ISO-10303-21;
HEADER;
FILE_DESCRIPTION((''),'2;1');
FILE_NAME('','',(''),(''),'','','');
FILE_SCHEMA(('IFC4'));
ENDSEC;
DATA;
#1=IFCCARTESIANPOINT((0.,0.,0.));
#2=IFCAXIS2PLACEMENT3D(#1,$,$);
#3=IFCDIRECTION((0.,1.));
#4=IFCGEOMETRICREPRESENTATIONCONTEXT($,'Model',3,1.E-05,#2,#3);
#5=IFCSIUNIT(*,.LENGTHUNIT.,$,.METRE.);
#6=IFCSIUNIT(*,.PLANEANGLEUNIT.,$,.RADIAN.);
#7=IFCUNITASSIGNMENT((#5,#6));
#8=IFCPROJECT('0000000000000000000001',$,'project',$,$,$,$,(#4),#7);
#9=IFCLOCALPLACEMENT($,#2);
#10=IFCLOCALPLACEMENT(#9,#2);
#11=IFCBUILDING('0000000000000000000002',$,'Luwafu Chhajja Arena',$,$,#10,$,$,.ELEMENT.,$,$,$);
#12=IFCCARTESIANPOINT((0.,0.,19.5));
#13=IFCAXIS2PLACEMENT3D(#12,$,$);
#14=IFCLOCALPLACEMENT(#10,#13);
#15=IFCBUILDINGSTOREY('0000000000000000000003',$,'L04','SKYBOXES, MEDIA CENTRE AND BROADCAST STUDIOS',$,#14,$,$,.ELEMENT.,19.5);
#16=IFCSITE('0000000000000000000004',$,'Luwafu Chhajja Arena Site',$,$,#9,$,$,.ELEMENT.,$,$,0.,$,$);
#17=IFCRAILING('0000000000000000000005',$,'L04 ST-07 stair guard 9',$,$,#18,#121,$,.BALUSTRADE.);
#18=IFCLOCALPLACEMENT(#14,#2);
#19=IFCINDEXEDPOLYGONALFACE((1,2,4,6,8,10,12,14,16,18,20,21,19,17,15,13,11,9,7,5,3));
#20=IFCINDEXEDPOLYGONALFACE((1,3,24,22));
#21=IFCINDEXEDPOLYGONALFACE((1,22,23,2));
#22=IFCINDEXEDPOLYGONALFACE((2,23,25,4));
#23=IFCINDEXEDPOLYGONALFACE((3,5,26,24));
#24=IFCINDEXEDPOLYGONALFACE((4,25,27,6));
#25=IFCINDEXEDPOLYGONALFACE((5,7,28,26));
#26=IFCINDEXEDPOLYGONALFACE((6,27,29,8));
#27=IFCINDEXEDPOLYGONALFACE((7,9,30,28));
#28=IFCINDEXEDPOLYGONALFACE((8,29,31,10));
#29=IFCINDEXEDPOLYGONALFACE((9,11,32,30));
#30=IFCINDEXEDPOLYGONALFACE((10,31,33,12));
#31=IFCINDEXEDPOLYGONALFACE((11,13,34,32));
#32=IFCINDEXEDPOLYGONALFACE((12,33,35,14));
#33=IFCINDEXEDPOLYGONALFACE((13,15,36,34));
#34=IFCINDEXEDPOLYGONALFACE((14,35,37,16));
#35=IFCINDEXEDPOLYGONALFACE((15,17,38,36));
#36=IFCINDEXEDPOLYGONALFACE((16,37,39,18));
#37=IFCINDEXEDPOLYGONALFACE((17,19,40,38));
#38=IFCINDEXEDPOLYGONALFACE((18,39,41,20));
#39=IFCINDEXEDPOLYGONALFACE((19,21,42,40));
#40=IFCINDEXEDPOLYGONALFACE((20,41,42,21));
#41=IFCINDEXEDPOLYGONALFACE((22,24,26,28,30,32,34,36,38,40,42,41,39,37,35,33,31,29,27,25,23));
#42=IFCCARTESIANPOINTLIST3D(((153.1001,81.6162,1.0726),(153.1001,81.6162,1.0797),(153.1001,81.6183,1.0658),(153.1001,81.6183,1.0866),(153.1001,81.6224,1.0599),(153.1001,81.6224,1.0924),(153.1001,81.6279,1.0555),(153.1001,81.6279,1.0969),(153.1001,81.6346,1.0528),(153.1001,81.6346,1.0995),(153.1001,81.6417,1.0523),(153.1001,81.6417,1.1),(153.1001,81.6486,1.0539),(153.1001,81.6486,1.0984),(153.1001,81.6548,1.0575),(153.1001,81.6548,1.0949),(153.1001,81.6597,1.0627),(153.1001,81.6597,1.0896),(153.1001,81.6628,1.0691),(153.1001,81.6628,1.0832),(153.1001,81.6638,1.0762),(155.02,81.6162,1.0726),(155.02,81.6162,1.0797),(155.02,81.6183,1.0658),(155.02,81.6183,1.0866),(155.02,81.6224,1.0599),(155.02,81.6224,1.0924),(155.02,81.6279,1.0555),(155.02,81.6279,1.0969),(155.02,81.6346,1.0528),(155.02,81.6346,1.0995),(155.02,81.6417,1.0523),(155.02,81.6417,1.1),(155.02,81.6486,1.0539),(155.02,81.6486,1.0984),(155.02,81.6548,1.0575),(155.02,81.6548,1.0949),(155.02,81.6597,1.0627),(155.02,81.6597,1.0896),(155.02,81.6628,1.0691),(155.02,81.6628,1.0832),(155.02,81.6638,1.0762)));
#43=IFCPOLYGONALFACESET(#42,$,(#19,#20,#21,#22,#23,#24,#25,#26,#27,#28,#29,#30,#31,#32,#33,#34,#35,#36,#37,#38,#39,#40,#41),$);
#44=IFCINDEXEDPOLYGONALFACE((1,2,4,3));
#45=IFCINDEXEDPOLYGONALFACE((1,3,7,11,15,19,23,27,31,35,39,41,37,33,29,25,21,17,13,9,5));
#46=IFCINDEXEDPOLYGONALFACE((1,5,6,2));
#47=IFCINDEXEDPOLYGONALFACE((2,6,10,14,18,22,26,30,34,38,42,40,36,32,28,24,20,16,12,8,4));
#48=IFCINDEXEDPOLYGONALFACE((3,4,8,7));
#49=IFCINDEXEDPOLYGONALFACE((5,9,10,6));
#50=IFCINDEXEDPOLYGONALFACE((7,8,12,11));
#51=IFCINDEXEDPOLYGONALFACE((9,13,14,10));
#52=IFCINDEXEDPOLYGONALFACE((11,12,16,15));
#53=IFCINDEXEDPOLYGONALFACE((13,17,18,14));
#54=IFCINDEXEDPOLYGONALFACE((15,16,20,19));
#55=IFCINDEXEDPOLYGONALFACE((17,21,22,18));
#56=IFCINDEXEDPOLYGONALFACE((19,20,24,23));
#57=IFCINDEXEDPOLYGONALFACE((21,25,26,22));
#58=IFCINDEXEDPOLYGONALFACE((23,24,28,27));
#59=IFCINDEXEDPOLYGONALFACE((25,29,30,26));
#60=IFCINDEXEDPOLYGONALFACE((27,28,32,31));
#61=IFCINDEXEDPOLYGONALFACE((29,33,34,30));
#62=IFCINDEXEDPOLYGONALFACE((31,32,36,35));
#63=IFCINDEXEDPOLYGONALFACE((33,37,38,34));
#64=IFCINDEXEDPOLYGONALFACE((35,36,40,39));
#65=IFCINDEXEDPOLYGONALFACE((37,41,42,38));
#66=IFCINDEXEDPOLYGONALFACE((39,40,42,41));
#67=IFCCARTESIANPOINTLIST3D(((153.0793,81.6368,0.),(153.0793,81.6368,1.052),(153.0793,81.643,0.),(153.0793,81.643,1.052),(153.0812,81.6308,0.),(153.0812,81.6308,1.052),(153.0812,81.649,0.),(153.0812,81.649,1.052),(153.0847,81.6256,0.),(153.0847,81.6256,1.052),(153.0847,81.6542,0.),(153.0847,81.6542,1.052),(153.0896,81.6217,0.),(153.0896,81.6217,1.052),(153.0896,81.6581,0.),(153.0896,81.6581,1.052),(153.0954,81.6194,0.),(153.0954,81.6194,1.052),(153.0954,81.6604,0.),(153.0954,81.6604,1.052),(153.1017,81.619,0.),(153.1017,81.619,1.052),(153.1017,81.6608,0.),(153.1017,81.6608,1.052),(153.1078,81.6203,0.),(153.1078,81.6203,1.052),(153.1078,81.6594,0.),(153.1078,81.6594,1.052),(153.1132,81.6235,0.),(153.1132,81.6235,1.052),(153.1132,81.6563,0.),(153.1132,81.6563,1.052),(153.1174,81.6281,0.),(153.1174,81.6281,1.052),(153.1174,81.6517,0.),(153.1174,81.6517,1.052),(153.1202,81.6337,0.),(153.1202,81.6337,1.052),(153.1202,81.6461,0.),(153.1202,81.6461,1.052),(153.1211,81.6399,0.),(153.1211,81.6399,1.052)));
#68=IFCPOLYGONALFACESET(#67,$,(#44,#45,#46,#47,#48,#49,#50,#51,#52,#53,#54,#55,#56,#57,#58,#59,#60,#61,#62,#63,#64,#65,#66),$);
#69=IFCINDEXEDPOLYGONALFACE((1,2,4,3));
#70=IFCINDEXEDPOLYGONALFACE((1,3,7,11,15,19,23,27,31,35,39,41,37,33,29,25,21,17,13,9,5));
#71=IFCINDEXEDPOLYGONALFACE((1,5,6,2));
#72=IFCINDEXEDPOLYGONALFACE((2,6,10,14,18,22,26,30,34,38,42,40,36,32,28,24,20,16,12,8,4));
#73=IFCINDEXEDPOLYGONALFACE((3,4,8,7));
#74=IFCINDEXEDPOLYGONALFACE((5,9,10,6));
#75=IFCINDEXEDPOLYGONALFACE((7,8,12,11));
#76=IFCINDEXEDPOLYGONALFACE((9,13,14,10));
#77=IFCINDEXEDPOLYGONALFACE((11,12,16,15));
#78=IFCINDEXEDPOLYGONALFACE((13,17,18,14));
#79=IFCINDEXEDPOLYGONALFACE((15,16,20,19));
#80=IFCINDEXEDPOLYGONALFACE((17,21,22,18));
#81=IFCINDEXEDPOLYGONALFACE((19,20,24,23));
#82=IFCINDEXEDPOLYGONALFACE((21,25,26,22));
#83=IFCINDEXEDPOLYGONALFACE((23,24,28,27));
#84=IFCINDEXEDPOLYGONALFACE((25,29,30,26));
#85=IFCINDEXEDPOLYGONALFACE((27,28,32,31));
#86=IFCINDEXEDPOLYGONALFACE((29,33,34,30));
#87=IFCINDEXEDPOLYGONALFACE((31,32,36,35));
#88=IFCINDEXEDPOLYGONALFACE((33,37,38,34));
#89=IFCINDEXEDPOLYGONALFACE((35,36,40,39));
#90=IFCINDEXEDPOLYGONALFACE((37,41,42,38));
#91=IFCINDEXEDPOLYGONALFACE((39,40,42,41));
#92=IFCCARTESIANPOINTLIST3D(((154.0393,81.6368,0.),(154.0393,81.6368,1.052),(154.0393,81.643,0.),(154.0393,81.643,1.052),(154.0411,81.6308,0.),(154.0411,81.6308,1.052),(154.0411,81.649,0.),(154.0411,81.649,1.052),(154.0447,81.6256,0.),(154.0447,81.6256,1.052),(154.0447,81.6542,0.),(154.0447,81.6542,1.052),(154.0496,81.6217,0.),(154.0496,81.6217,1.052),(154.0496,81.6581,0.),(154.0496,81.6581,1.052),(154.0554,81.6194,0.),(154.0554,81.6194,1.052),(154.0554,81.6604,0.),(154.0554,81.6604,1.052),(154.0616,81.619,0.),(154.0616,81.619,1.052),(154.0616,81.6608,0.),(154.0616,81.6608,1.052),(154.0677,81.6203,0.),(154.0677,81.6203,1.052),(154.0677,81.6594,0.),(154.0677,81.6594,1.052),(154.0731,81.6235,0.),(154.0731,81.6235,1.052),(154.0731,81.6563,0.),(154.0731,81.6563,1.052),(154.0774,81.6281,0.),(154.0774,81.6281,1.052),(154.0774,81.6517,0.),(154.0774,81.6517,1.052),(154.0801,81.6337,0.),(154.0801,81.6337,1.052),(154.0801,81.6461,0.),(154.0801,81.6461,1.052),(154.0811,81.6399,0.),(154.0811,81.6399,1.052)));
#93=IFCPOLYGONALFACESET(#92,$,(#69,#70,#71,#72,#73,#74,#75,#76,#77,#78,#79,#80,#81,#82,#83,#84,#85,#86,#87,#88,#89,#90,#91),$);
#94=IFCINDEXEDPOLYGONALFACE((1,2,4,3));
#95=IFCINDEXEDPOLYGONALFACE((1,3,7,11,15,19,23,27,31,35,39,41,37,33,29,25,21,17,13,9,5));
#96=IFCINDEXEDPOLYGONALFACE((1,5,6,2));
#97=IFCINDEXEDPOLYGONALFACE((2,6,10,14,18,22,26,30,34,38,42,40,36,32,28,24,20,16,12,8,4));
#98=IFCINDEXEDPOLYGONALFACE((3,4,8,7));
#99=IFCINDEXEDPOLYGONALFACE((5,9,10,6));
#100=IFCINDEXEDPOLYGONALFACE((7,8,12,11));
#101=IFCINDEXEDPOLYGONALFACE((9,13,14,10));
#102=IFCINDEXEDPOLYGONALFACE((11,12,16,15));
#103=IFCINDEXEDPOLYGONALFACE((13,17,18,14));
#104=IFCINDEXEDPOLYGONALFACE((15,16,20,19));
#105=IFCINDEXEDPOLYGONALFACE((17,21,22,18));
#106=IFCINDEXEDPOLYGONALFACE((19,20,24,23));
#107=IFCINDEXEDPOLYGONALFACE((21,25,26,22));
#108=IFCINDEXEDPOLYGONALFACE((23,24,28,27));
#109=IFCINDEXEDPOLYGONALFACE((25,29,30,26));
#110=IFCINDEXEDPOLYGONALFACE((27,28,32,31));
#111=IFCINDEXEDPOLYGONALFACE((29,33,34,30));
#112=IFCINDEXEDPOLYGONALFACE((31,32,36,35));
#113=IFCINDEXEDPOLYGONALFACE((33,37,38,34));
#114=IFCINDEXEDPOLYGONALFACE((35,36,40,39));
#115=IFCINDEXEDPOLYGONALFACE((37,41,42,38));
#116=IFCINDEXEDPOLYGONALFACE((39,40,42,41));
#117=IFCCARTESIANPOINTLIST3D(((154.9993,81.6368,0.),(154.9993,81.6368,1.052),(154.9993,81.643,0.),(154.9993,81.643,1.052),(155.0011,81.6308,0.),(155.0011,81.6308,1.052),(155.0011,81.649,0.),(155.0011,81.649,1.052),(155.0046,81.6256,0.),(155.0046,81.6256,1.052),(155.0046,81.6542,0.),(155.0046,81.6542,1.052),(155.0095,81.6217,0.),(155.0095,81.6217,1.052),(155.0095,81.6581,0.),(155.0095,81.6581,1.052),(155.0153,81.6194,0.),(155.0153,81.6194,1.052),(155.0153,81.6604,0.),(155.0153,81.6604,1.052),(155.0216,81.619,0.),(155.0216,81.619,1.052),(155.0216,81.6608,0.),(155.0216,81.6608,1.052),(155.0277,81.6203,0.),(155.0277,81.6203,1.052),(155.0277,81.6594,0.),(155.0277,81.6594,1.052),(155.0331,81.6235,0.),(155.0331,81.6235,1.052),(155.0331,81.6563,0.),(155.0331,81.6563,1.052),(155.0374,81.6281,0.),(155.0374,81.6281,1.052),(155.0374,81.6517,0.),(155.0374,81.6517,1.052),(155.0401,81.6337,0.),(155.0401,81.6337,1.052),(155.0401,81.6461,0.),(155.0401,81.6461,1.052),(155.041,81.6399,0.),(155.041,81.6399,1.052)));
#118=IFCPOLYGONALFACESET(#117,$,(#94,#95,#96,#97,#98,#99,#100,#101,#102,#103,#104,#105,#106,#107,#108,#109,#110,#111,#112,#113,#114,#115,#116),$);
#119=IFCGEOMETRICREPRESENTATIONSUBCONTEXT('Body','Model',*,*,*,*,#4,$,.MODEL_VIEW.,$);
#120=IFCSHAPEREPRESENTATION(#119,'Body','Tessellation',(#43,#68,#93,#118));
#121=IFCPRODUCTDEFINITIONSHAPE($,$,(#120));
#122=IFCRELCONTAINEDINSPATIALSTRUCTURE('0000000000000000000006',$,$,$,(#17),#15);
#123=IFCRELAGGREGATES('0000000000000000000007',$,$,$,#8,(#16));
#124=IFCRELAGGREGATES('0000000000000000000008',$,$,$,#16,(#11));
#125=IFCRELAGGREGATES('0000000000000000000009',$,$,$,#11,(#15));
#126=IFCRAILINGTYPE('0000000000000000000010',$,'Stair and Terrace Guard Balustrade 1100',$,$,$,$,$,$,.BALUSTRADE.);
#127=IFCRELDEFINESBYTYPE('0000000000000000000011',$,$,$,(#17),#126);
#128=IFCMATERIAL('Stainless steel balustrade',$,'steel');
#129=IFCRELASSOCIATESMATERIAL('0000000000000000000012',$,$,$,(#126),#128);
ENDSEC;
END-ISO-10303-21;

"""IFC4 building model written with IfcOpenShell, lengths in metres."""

from ifc_helpers import new_model, si_unit, direction, frame, origin, origin_2d, place, context, subcontext, project, spatial, circle, extrude, material, type_object, element, save


model = new_model("IFC4")

# Units and contexts
model_context = context("Model", 3, precision=1e-05, world=origin(), true_north=direction((0.0, 1.0)))
body_context = subcontext(model_context, "Body", "Model", "MODEL_VIEW")
ifc_project = project(units=[si_unit("LENGTHUNIT", "METRE"), si_unit("PLANEANGLEUNIT", "RADIAN")], contexts=[model_context])

# Site, building, storey
site_placement = place(None, origin())
site = spatial("IfcSite", under=ifc_project, at=site_placement, Name="Luwafu Chhajja Arena Site", CompositionType="ELEMENT", RefElevation=0.0)
building_placement = place(site_placement, origin())
building = spatial("IfcBuilding", under=site, at=building_placement, Name="Luwafu Chhajja Arena", CompositionType="ELEMENT")
storey_placement = place(building_placement, frame((0.0, 0.0, 19.5)))
storey = spatial("IfcBuildingStorey", under=building, at=storey_placement, Name="L04", Description="SKYBOXES, MEDIA CENTRE AND BROADCAST STUDIOS", CompositionType="ELEMENT", Elevation=19.5)

# Railing
ifc_material_1 = material(Name="Stainless steel balustrade", Category="steel")
railing_type_1 = type_object("IfcRailingType", Name="Stair and Terrace Guard Balustrade 1100", PredefinedType="BALUSTRADE", material=ifc_material_1)
for number, where, name in (
    (1, (153.1001, 81.6399, 0.0), "L04 ST-07 stair guard 9"),
):
    element("IfcRailing", number, at=place(storey_placement, frame(where)), inside=storey, type_object=railing_type_1, Name=name, PredefinedType="BALUSTRADE", context=body_context, shape_type="SweptSolid", body=[
        extrude(circle(Radius=0.0239, at=origin_2d()), frame((0.0, 0.0, 1.0762), z_axis=(1.0, 0.0, 0.0), x_axis=(0.0, 1.0, 0.0)), (0.0, 0.0, 1.0), 1.9199),
        extrude(circle(Radius=0.021, at=origin_2d()), origin(), (0.0, 0.0, 1.0), 1.052),
        extrude(circle(Radius=0.021, at=origin_2d()), frame((0.96, 0.0, 0.0)), (0.0, 0.0, 1.0), 1.052),
        extrude(circle(Radius=0.021, at=origin_2d()), frame((1.9199, 0.0, 0.0)), (0.0, 0.0, 1.0), 1.052),
    ])

save(model, "model.ifc")
